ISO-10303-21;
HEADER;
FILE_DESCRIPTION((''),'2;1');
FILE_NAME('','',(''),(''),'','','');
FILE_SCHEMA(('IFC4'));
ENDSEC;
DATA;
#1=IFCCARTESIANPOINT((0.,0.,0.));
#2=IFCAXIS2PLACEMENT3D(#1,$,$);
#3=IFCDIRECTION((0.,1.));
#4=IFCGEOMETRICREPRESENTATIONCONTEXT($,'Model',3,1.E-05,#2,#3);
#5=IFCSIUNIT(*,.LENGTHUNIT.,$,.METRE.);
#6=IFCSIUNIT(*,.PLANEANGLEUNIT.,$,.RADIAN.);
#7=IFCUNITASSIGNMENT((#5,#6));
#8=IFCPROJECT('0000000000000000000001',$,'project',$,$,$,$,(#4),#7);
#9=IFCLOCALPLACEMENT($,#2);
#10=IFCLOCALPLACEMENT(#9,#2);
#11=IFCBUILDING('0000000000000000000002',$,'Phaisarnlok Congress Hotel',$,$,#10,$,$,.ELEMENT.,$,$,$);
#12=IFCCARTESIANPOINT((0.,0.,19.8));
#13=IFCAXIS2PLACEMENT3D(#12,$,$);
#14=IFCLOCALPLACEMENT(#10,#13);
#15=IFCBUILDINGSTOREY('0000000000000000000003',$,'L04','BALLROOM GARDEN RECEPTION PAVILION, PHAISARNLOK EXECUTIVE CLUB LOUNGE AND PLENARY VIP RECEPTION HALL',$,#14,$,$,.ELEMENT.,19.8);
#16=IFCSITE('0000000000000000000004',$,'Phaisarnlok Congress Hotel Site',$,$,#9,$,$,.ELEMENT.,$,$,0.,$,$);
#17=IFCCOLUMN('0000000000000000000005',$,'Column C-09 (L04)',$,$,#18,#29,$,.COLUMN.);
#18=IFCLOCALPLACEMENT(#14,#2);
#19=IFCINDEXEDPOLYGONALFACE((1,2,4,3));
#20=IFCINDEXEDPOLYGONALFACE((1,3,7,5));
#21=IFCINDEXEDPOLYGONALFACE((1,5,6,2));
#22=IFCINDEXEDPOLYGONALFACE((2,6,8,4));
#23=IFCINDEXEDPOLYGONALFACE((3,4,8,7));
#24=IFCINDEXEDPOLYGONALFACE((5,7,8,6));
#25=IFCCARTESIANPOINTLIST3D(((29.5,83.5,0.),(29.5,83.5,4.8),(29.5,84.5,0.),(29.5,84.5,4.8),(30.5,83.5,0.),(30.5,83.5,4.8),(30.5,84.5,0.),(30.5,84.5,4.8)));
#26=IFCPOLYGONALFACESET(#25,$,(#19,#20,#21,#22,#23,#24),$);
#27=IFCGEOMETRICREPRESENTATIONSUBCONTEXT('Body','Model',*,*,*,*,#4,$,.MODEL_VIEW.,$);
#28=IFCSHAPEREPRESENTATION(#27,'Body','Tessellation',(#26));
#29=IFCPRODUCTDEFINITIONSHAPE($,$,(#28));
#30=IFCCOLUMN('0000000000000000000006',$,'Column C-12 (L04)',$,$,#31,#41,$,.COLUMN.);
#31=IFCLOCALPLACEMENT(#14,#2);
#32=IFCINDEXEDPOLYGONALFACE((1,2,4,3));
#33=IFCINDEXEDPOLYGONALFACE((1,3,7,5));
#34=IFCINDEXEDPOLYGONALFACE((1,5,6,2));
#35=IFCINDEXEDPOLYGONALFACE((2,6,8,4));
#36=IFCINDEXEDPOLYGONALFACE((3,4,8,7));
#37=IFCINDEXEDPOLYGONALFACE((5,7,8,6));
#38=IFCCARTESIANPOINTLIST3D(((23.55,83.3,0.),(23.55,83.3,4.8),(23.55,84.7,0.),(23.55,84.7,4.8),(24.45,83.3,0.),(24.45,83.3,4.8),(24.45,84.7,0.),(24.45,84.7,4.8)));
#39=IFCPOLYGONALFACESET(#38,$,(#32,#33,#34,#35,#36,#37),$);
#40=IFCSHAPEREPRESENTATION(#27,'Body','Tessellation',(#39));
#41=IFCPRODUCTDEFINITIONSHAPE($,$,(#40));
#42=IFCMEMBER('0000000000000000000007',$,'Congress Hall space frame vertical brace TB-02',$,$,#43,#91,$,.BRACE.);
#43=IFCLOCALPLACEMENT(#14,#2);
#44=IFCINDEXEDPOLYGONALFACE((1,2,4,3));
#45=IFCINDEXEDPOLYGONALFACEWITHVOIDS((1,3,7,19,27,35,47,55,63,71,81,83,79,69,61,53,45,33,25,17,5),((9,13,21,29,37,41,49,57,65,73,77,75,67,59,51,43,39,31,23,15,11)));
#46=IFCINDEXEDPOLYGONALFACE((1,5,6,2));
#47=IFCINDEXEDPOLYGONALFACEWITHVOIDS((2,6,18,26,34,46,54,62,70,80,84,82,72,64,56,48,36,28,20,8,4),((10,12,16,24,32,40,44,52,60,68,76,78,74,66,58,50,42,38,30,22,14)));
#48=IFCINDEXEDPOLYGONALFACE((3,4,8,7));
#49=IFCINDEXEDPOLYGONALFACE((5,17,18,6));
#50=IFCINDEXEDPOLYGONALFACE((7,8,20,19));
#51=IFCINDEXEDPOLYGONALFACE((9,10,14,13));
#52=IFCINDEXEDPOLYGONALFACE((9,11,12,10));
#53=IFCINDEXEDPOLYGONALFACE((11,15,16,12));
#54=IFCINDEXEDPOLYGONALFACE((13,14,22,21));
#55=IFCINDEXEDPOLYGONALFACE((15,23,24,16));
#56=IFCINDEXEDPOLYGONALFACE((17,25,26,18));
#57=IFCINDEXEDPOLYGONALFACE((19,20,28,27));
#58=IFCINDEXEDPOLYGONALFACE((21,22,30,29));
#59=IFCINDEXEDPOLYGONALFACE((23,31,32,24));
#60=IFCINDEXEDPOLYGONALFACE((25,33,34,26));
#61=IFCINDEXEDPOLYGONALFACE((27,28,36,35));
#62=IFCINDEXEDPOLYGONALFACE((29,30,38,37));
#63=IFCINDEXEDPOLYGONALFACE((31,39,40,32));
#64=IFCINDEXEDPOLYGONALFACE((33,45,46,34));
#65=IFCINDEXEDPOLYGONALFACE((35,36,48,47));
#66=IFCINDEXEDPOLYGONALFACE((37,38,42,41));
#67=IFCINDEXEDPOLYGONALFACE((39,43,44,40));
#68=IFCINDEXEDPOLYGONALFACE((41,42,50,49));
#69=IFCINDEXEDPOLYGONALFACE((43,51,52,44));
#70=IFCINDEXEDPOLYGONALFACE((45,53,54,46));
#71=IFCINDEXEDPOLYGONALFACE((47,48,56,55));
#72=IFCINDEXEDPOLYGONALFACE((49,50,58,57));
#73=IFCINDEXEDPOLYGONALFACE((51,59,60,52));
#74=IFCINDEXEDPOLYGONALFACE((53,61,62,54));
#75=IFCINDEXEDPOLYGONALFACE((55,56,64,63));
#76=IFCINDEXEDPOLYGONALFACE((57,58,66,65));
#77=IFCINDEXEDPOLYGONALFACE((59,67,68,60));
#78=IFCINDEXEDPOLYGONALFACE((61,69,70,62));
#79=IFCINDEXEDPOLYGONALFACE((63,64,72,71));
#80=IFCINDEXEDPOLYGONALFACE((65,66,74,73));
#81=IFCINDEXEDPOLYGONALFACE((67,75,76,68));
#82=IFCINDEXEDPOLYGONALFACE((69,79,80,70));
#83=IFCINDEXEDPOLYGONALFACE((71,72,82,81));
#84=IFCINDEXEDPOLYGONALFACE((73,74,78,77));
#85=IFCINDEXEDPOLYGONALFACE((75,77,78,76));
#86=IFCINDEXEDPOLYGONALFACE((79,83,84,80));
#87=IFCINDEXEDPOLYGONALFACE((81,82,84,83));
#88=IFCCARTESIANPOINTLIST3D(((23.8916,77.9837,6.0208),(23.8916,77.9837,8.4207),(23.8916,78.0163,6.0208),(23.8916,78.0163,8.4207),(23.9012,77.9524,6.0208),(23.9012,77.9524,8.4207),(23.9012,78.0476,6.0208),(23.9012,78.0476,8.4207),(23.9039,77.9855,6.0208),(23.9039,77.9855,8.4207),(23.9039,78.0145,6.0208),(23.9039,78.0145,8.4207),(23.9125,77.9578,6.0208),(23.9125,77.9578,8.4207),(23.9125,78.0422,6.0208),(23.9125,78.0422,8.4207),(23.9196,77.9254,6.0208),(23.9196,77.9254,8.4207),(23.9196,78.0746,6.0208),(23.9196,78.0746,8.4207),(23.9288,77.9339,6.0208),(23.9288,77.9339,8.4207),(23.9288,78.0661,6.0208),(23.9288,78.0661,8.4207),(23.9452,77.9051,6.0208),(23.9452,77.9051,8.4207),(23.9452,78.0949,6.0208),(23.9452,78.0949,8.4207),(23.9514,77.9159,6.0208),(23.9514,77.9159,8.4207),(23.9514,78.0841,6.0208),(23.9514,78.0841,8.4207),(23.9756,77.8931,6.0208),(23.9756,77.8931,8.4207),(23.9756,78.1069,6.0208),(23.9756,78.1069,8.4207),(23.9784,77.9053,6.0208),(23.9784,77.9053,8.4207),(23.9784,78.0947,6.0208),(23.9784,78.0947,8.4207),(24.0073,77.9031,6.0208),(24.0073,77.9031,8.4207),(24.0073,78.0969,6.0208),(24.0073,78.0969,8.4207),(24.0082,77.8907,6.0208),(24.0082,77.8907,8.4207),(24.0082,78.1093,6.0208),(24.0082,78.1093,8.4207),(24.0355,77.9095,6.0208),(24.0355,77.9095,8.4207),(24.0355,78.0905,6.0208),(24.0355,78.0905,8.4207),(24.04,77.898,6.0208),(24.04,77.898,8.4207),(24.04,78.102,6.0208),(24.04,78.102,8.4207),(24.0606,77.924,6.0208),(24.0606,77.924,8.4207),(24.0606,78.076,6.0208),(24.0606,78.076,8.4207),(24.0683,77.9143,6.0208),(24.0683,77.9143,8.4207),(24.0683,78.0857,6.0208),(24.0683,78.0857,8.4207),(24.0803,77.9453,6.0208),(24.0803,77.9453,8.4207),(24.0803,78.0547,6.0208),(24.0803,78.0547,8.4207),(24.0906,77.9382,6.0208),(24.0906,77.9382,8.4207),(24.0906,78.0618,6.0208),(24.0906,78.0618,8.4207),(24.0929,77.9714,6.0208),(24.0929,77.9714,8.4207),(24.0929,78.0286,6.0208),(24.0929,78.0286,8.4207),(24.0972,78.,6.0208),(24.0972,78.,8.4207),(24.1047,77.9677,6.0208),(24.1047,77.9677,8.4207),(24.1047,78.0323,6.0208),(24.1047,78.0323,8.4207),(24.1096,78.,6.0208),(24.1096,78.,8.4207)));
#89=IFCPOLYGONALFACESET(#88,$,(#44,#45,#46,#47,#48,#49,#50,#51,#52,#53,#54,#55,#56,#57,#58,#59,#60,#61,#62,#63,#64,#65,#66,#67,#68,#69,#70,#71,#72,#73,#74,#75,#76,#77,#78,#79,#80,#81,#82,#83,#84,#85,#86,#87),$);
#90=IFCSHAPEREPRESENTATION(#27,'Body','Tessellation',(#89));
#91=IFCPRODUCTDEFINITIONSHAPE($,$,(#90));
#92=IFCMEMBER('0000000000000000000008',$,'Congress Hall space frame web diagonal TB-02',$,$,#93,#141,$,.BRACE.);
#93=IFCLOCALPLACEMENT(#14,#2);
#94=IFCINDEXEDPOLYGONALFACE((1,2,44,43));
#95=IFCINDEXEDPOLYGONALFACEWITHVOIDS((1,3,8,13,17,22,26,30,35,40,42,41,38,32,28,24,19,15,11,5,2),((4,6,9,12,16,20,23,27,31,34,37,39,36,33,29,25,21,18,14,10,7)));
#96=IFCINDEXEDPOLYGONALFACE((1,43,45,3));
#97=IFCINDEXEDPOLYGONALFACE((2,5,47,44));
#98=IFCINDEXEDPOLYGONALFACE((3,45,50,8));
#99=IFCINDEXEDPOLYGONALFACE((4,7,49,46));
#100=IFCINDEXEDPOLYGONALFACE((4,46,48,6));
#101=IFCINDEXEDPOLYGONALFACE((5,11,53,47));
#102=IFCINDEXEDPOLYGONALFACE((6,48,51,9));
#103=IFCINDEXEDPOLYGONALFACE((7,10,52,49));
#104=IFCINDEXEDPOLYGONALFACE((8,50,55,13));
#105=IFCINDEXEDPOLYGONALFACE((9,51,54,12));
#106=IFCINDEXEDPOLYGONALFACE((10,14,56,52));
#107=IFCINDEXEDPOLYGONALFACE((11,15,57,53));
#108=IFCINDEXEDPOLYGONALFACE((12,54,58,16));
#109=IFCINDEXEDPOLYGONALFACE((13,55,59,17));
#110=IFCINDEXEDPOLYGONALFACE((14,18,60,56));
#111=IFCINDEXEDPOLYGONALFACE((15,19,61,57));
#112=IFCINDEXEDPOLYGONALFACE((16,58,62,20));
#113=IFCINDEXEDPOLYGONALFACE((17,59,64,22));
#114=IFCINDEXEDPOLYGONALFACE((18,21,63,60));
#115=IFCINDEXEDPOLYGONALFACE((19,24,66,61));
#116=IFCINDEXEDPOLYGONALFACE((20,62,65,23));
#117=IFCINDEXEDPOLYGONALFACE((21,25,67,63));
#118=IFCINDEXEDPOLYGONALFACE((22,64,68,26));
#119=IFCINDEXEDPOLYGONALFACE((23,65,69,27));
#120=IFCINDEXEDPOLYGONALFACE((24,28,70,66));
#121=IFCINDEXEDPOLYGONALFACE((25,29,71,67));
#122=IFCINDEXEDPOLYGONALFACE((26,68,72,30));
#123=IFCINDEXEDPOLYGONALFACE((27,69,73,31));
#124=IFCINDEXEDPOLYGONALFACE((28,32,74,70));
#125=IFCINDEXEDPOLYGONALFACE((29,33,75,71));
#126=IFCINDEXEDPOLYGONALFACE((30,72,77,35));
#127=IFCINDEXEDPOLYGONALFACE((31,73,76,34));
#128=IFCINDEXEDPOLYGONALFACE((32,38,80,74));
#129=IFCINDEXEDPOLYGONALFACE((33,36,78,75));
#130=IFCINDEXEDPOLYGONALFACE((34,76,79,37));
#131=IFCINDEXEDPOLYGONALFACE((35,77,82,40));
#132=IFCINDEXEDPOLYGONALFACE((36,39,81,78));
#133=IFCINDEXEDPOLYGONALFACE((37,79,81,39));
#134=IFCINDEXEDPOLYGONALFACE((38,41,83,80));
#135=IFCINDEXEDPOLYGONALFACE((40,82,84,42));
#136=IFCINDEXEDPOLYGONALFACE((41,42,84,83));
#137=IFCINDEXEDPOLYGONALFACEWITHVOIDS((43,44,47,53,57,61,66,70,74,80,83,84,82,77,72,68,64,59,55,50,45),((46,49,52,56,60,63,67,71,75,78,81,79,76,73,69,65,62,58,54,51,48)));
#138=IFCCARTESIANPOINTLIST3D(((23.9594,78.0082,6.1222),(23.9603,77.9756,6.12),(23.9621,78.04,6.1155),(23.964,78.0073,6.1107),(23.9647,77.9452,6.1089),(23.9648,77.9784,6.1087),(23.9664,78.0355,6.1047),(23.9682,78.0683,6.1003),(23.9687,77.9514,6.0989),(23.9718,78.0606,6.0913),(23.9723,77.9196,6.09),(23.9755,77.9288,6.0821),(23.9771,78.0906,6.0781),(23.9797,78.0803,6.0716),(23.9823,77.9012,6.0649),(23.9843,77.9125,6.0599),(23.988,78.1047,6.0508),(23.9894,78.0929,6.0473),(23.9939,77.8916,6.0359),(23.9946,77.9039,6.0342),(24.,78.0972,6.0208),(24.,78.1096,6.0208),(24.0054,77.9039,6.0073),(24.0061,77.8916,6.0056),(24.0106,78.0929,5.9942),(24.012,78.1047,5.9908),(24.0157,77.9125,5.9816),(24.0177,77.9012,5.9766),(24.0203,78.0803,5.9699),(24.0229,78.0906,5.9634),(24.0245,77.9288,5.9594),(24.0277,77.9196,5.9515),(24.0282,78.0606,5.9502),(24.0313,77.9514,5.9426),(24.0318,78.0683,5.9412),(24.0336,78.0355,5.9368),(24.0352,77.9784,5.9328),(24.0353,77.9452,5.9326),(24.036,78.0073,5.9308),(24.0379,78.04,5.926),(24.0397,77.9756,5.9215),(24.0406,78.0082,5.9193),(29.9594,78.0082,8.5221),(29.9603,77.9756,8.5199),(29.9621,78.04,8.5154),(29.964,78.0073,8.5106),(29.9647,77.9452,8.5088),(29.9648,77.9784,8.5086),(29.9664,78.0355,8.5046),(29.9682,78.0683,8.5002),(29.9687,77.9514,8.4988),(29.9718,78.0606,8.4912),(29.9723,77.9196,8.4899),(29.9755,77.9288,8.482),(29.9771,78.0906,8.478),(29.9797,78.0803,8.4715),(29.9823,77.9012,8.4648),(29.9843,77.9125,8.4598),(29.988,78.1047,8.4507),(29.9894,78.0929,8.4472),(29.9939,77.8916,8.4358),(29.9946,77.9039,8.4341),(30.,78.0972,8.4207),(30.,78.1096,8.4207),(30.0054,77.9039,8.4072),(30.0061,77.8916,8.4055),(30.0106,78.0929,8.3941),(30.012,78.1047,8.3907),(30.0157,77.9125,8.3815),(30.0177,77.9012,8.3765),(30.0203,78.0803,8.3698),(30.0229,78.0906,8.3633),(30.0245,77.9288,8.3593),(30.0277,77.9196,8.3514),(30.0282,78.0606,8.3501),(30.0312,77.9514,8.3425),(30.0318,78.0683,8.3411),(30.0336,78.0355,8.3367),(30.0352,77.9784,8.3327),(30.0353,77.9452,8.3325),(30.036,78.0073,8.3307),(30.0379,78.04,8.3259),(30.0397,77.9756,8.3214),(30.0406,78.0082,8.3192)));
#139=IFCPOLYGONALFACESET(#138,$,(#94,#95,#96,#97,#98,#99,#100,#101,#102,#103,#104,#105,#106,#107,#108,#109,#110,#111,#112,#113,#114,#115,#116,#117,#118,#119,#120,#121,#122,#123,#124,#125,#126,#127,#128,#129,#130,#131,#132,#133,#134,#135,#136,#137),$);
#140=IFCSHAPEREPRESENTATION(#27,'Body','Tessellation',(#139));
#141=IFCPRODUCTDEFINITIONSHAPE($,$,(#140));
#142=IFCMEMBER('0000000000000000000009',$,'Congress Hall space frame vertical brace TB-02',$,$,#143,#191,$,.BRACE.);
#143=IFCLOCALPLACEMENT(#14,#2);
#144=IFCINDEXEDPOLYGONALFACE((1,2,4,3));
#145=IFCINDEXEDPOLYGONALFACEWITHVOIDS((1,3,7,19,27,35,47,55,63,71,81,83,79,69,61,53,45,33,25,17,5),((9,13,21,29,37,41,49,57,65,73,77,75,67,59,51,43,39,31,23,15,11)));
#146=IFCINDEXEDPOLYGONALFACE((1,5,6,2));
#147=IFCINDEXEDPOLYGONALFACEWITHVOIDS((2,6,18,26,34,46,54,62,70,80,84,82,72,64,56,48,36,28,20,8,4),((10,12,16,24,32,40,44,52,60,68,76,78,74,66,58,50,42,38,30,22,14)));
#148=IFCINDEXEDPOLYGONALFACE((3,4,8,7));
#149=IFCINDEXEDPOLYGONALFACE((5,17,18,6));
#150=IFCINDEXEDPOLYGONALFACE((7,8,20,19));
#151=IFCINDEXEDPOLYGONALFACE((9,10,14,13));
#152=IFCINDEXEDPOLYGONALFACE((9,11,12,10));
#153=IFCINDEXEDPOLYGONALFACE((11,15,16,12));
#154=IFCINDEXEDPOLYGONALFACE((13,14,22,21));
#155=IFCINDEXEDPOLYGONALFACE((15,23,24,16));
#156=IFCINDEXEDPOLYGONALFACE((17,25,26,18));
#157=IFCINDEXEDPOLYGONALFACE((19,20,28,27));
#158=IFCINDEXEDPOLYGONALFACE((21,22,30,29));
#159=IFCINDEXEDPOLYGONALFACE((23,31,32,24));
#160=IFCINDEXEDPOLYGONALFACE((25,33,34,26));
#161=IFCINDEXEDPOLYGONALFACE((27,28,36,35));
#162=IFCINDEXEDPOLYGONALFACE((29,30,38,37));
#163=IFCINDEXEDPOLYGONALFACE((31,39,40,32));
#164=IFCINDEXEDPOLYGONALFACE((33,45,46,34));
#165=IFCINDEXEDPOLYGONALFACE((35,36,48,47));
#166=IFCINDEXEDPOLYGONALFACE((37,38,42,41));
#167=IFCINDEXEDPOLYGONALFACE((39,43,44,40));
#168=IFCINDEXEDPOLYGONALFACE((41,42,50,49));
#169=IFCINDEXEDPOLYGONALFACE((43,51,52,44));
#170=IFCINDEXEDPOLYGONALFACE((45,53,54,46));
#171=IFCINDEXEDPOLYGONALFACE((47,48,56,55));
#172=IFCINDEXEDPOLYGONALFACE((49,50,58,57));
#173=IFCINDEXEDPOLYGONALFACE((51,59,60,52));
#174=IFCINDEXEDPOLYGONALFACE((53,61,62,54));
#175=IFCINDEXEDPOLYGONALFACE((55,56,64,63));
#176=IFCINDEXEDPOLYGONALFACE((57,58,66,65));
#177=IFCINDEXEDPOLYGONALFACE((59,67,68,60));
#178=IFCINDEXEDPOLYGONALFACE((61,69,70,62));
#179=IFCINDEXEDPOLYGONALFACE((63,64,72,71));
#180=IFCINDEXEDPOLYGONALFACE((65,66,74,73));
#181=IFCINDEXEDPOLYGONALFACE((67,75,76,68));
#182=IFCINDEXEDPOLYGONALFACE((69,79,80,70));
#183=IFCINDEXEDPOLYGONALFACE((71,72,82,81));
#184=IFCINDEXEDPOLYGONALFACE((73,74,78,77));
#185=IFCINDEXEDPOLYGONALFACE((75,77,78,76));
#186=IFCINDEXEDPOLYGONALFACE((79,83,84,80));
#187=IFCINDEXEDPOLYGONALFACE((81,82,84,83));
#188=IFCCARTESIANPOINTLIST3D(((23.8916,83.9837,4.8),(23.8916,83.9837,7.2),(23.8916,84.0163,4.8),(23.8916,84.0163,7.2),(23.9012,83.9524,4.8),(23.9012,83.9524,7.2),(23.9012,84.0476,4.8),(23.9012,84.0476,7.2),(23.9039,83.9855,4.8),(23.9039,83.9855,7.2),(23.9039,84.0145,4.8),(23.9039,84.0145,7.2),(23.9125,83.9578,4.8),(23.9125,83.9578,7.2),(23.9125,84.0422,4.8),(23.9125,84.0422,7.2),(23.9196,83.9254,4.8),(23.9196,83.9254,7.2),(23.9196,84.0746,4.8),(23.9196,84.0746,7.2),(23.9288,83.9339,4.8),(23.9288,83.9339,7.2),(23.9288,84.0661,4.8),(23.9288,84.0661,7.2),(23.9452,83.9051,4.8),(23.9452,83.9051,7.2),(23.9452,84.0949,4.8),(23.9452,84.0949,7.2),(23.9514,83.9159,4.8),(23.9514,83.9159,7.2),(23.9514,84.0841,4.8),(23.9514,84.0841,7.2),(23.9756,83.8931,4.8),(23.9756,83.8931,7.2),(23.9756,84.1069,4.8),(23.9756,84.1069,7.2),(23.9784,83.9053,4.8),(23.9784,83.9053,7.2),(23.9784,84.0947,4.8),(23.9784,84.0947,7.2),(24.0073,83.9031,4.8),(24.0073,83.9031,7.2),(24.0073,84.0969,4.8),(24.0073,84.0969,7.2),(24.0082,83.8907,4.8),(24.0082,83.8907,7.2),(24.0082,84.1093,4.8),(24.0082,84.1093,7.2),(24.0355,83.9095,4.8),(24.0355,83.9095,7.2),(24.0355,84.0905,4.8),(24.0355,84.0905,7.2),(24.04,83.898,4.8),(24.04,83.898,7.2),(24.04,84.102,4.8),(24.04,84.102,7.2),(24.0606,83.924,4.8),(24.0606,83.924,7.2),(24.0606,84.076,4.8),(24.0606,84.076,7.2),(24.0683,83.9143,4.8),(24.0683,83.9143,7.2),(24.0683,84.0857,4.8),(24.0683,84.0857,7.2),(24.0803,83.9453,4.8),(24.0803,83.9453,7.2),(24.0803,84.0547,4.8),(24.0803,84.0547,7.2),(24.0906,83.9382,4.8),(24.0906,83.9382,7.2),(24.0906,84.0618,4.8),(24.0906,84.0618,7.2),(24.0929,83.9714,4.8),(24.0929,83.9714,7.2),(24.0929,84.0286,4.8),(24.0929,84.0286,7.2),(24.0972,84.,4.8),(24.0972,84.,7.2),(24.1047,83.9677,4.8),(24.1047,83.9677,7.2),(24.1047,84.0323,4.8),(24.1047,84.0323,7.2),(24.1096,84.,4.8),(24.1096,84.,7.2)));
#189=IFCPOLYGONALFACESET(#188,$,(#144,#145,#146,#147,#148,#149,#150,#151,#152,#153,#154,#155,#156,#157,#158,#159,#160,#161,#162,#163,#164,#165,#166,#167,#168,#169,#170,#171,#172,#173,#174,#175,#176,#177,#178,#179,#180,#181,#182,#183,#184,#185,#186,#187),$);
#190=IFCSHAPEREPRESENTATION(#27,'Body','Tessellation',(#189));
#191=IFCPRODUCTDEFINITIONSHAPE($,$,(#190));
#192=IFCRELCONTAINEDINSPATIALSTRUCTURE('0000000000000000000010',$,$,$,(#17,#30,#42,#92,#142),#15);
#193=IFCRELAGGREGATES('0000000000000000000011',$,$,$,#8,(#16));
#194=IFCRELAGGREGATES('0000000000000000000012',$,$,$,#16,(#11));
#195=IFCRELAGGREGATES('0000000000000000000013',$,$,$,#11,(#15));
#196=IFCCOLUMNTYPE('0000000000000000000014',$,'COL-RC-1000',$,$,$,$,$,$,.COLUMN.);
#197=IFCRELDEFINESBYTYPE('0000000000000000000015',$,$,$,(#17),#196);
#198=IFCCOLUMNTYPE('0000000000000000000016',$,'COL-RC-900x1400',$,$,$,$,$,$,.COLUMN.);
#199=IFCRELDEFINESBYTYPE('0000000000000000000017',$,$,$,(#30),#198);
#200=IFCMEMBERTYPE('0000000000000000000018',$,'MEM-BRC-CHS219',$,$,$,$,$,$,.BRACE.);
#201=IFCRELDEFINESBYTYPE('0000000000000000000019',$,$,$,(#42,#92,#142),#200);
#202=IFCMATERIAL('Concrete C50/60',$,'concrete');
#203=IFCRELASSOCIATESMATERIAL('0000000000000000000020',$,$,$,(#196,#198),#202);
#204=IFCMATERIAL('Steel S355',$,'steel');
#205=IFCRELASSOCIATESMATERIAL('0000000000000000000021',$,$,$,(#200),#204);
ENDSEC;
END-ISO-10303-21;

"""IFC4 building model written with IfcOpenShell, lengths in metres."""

from ifc_helpers import new_model, si_unit, direction, frame, origin, origin_2d, place, context, subcontext, project, spatial, rectangle, hollow_circle, extrude, material, material_profile, profile_set, type_object, element, save


model = new_model("IFC4")

# Units and contexts
model_context = context("Model", 3, precision=1e-05, world=origin(), true_north=direction((0.0, 1.0)))
body_context = subcontext(model_context, "Body", "Model", "MODEL_VIEW")
ifc_project = project(units=[si_unit("LENGTHUNIT", "METRE"), si_unit("PLANEANGLEUNIT", "RADIAN")], contexts=[model_context])

# Site, building, storey
site_placement = place(None, origin())
site = spatial("IfcSite", under=ifc_project, at=site_placement, Name="Phaisarnlok Congress Hotel Site", CompositionType="ELEMENT", RefElevation=0.0)
building_placement = place(site_placement, origin())
building = spatial("IfcBuilding", under=site, at=building_placement, Name="Phaisarnlok Congress Hotel", CompositionType="ELEMENT")
storey_placement = place(building_placement, frame((0.0, 0.0, 19.8)))
storey = spatial("IfcBuildingStorey", under=building, at=storey_placement, Name="L04", Description="BALLROOM GARDEN RECEPTION PAVILION, PHAISARNLOK EXECUTIVE CLUB LOUNGE AND PLENARY VIP RECEPTION HALL", CompositionType="ELEMENT", Elevation=19.8)

# Columns
ifc_material_1 = material(Name="Concrete C50/60", Category="concrete")
ifc_material_profile_1 = material_profile(ifc_material_1, rectangle(XDim=1.0, YDim=1.0, at=origin_2d()), Name="RC 1000x1000")
ifc_profile_set_1 = profile_set([ifc_material_profile_1], Name="Concrete C50/60")
column_type_1 = type_object("IfcColumnType", Name="COL-RC-1000", PredefinedType="COLUMN", material=ifc_profile_set_1)
column_1_placement = place(storey_placement, frame((30.0, 84.0, 0.0), z_axis=(0.0, 0.0, 1.0), x_axis=(1.0, 0.0, 0.0)))
element("IfcColumn", 1, at=column_1_placement, inside=storey, type_object=column_type_1, Name="Column C-09 (L04)", PredefinedType="COLUMN", context=body_context, shape_type="SweptSolid", body=[
    extrude(rectangle(XDim=1.0, YDim=1.0, at=origin_2d()), origin(), (0.0, 0.0, 1.0), 4.8),
])
ifc_material_profile_2 = material_profile(ifc_material_1, rectangle(XDim=0.8999, YDim=1.3999, at=origin_2d()), Name="RC 900x1400")
ifc_profile_set_2 = profile_set([ifc_material_profile_2], Name="Concrete C50/60")
column_type_2 = type_object("IfcColumnType", Name="COL-RC-900x1400", PredefinedType="COLUMN", material=ifc_profile_set_2)
column_2_placement = place(storey_placement, frame((24.0, 84.0, 0.0), z_axis=(0.0, 0.0, 1.0), x_axis=(1.0, 0.0, 0.0)))
element("IfcColumn", 2, at=column_2_placement, inside=storey, type_object=column_type_2, Name="Column C-12 (L04)", PredefinedType="COLUMN", context=body_context, shape_type="SweptSolid", body=[
    extrude(rectangle(XDim=0.8999, YDim=1.3999, at=origin_2d()), origin(), (0.0, 0.0, 1.0), 4.8),
])

# Members
ifc_material_2 = material(Name="Steel S355", Category="steel")
ifc_material_profile_3 = material_profile(ifc_material_2, hollow_circle(Radius=0.1096, WallThickness=0.0125, at=origin_2d()), Name="CHS 219.1x12.5")
ifc_profile_set_3 = profile_set([ifc_material_profile_3], Name="Steel S355")
member_type_1 = type_object("IfcMemberType", Name="MEM-BRC-CHS219", PredefinedType="BRACE", material=ifc_profile_set_3)
member_1_placement = place(storey_placement, frame((24.0, 78.0, 6.0208), z_axis=(0.0, 0.0, 1.0), x_axis=(1.0, 0.0, 0.0)))
element("IfcMember", 3, at=member_1_placement, inside=storey, type_object=member_type_1, Name="Congress Hall space frame vertical brace TB-02", PredefinedType="BRACE", context=body_context, shape_type="SweptSolid", body=[
    extrude(hollow_circle(Radius=0.1096, WallThickness=0.0125, at=origin_2d()), origin(), (0.0, 0.0, 1.0), 2.3999),
])
member_2_placement = place(storey_placement, frame((24.0, 78.0, 6.0208), z_axis=(0.928482, 0.0, 0.371378), x_axis=(0.0, 1.0, 0.0)))
element("IfcMember", 4, at=member_2_placement, inside=storey, type_object=member_type_1, Name="Congress Hall space frame web diagonal TB-02", PredefinedType="BRACE", context=body_context, shape_type="SweptSolid", body=[
    extrude(hollow_circle(Radius=0.1096, WallThickness=0.0125, at=origin_2d()), origin(), (0.0, 0.0, 1.0), 6.4622),
])
member_3_placement = place(storey_placement, frame((24.0, 84.0, 4.8), z_axis=(0.0, 0.0, 1.0), x_axis=(1.0, 0.0, 0.0)))
element("IfcMember", 5, at=member_3_placement, inside=storey, type_object=member_type_1, Name="Congress Hall space frame vertical brace TB-02", PredefinedType="BRACE", context=body_context, shape_type="SweptSolid", body=[
    extrude(hollow_circle(Radius=0.1096, WallThickness=0.0125, at=origin_2d()), origin(), (0.0, 0.0, 1.0), 2.3999),
])

save(model, "model.ifc")
